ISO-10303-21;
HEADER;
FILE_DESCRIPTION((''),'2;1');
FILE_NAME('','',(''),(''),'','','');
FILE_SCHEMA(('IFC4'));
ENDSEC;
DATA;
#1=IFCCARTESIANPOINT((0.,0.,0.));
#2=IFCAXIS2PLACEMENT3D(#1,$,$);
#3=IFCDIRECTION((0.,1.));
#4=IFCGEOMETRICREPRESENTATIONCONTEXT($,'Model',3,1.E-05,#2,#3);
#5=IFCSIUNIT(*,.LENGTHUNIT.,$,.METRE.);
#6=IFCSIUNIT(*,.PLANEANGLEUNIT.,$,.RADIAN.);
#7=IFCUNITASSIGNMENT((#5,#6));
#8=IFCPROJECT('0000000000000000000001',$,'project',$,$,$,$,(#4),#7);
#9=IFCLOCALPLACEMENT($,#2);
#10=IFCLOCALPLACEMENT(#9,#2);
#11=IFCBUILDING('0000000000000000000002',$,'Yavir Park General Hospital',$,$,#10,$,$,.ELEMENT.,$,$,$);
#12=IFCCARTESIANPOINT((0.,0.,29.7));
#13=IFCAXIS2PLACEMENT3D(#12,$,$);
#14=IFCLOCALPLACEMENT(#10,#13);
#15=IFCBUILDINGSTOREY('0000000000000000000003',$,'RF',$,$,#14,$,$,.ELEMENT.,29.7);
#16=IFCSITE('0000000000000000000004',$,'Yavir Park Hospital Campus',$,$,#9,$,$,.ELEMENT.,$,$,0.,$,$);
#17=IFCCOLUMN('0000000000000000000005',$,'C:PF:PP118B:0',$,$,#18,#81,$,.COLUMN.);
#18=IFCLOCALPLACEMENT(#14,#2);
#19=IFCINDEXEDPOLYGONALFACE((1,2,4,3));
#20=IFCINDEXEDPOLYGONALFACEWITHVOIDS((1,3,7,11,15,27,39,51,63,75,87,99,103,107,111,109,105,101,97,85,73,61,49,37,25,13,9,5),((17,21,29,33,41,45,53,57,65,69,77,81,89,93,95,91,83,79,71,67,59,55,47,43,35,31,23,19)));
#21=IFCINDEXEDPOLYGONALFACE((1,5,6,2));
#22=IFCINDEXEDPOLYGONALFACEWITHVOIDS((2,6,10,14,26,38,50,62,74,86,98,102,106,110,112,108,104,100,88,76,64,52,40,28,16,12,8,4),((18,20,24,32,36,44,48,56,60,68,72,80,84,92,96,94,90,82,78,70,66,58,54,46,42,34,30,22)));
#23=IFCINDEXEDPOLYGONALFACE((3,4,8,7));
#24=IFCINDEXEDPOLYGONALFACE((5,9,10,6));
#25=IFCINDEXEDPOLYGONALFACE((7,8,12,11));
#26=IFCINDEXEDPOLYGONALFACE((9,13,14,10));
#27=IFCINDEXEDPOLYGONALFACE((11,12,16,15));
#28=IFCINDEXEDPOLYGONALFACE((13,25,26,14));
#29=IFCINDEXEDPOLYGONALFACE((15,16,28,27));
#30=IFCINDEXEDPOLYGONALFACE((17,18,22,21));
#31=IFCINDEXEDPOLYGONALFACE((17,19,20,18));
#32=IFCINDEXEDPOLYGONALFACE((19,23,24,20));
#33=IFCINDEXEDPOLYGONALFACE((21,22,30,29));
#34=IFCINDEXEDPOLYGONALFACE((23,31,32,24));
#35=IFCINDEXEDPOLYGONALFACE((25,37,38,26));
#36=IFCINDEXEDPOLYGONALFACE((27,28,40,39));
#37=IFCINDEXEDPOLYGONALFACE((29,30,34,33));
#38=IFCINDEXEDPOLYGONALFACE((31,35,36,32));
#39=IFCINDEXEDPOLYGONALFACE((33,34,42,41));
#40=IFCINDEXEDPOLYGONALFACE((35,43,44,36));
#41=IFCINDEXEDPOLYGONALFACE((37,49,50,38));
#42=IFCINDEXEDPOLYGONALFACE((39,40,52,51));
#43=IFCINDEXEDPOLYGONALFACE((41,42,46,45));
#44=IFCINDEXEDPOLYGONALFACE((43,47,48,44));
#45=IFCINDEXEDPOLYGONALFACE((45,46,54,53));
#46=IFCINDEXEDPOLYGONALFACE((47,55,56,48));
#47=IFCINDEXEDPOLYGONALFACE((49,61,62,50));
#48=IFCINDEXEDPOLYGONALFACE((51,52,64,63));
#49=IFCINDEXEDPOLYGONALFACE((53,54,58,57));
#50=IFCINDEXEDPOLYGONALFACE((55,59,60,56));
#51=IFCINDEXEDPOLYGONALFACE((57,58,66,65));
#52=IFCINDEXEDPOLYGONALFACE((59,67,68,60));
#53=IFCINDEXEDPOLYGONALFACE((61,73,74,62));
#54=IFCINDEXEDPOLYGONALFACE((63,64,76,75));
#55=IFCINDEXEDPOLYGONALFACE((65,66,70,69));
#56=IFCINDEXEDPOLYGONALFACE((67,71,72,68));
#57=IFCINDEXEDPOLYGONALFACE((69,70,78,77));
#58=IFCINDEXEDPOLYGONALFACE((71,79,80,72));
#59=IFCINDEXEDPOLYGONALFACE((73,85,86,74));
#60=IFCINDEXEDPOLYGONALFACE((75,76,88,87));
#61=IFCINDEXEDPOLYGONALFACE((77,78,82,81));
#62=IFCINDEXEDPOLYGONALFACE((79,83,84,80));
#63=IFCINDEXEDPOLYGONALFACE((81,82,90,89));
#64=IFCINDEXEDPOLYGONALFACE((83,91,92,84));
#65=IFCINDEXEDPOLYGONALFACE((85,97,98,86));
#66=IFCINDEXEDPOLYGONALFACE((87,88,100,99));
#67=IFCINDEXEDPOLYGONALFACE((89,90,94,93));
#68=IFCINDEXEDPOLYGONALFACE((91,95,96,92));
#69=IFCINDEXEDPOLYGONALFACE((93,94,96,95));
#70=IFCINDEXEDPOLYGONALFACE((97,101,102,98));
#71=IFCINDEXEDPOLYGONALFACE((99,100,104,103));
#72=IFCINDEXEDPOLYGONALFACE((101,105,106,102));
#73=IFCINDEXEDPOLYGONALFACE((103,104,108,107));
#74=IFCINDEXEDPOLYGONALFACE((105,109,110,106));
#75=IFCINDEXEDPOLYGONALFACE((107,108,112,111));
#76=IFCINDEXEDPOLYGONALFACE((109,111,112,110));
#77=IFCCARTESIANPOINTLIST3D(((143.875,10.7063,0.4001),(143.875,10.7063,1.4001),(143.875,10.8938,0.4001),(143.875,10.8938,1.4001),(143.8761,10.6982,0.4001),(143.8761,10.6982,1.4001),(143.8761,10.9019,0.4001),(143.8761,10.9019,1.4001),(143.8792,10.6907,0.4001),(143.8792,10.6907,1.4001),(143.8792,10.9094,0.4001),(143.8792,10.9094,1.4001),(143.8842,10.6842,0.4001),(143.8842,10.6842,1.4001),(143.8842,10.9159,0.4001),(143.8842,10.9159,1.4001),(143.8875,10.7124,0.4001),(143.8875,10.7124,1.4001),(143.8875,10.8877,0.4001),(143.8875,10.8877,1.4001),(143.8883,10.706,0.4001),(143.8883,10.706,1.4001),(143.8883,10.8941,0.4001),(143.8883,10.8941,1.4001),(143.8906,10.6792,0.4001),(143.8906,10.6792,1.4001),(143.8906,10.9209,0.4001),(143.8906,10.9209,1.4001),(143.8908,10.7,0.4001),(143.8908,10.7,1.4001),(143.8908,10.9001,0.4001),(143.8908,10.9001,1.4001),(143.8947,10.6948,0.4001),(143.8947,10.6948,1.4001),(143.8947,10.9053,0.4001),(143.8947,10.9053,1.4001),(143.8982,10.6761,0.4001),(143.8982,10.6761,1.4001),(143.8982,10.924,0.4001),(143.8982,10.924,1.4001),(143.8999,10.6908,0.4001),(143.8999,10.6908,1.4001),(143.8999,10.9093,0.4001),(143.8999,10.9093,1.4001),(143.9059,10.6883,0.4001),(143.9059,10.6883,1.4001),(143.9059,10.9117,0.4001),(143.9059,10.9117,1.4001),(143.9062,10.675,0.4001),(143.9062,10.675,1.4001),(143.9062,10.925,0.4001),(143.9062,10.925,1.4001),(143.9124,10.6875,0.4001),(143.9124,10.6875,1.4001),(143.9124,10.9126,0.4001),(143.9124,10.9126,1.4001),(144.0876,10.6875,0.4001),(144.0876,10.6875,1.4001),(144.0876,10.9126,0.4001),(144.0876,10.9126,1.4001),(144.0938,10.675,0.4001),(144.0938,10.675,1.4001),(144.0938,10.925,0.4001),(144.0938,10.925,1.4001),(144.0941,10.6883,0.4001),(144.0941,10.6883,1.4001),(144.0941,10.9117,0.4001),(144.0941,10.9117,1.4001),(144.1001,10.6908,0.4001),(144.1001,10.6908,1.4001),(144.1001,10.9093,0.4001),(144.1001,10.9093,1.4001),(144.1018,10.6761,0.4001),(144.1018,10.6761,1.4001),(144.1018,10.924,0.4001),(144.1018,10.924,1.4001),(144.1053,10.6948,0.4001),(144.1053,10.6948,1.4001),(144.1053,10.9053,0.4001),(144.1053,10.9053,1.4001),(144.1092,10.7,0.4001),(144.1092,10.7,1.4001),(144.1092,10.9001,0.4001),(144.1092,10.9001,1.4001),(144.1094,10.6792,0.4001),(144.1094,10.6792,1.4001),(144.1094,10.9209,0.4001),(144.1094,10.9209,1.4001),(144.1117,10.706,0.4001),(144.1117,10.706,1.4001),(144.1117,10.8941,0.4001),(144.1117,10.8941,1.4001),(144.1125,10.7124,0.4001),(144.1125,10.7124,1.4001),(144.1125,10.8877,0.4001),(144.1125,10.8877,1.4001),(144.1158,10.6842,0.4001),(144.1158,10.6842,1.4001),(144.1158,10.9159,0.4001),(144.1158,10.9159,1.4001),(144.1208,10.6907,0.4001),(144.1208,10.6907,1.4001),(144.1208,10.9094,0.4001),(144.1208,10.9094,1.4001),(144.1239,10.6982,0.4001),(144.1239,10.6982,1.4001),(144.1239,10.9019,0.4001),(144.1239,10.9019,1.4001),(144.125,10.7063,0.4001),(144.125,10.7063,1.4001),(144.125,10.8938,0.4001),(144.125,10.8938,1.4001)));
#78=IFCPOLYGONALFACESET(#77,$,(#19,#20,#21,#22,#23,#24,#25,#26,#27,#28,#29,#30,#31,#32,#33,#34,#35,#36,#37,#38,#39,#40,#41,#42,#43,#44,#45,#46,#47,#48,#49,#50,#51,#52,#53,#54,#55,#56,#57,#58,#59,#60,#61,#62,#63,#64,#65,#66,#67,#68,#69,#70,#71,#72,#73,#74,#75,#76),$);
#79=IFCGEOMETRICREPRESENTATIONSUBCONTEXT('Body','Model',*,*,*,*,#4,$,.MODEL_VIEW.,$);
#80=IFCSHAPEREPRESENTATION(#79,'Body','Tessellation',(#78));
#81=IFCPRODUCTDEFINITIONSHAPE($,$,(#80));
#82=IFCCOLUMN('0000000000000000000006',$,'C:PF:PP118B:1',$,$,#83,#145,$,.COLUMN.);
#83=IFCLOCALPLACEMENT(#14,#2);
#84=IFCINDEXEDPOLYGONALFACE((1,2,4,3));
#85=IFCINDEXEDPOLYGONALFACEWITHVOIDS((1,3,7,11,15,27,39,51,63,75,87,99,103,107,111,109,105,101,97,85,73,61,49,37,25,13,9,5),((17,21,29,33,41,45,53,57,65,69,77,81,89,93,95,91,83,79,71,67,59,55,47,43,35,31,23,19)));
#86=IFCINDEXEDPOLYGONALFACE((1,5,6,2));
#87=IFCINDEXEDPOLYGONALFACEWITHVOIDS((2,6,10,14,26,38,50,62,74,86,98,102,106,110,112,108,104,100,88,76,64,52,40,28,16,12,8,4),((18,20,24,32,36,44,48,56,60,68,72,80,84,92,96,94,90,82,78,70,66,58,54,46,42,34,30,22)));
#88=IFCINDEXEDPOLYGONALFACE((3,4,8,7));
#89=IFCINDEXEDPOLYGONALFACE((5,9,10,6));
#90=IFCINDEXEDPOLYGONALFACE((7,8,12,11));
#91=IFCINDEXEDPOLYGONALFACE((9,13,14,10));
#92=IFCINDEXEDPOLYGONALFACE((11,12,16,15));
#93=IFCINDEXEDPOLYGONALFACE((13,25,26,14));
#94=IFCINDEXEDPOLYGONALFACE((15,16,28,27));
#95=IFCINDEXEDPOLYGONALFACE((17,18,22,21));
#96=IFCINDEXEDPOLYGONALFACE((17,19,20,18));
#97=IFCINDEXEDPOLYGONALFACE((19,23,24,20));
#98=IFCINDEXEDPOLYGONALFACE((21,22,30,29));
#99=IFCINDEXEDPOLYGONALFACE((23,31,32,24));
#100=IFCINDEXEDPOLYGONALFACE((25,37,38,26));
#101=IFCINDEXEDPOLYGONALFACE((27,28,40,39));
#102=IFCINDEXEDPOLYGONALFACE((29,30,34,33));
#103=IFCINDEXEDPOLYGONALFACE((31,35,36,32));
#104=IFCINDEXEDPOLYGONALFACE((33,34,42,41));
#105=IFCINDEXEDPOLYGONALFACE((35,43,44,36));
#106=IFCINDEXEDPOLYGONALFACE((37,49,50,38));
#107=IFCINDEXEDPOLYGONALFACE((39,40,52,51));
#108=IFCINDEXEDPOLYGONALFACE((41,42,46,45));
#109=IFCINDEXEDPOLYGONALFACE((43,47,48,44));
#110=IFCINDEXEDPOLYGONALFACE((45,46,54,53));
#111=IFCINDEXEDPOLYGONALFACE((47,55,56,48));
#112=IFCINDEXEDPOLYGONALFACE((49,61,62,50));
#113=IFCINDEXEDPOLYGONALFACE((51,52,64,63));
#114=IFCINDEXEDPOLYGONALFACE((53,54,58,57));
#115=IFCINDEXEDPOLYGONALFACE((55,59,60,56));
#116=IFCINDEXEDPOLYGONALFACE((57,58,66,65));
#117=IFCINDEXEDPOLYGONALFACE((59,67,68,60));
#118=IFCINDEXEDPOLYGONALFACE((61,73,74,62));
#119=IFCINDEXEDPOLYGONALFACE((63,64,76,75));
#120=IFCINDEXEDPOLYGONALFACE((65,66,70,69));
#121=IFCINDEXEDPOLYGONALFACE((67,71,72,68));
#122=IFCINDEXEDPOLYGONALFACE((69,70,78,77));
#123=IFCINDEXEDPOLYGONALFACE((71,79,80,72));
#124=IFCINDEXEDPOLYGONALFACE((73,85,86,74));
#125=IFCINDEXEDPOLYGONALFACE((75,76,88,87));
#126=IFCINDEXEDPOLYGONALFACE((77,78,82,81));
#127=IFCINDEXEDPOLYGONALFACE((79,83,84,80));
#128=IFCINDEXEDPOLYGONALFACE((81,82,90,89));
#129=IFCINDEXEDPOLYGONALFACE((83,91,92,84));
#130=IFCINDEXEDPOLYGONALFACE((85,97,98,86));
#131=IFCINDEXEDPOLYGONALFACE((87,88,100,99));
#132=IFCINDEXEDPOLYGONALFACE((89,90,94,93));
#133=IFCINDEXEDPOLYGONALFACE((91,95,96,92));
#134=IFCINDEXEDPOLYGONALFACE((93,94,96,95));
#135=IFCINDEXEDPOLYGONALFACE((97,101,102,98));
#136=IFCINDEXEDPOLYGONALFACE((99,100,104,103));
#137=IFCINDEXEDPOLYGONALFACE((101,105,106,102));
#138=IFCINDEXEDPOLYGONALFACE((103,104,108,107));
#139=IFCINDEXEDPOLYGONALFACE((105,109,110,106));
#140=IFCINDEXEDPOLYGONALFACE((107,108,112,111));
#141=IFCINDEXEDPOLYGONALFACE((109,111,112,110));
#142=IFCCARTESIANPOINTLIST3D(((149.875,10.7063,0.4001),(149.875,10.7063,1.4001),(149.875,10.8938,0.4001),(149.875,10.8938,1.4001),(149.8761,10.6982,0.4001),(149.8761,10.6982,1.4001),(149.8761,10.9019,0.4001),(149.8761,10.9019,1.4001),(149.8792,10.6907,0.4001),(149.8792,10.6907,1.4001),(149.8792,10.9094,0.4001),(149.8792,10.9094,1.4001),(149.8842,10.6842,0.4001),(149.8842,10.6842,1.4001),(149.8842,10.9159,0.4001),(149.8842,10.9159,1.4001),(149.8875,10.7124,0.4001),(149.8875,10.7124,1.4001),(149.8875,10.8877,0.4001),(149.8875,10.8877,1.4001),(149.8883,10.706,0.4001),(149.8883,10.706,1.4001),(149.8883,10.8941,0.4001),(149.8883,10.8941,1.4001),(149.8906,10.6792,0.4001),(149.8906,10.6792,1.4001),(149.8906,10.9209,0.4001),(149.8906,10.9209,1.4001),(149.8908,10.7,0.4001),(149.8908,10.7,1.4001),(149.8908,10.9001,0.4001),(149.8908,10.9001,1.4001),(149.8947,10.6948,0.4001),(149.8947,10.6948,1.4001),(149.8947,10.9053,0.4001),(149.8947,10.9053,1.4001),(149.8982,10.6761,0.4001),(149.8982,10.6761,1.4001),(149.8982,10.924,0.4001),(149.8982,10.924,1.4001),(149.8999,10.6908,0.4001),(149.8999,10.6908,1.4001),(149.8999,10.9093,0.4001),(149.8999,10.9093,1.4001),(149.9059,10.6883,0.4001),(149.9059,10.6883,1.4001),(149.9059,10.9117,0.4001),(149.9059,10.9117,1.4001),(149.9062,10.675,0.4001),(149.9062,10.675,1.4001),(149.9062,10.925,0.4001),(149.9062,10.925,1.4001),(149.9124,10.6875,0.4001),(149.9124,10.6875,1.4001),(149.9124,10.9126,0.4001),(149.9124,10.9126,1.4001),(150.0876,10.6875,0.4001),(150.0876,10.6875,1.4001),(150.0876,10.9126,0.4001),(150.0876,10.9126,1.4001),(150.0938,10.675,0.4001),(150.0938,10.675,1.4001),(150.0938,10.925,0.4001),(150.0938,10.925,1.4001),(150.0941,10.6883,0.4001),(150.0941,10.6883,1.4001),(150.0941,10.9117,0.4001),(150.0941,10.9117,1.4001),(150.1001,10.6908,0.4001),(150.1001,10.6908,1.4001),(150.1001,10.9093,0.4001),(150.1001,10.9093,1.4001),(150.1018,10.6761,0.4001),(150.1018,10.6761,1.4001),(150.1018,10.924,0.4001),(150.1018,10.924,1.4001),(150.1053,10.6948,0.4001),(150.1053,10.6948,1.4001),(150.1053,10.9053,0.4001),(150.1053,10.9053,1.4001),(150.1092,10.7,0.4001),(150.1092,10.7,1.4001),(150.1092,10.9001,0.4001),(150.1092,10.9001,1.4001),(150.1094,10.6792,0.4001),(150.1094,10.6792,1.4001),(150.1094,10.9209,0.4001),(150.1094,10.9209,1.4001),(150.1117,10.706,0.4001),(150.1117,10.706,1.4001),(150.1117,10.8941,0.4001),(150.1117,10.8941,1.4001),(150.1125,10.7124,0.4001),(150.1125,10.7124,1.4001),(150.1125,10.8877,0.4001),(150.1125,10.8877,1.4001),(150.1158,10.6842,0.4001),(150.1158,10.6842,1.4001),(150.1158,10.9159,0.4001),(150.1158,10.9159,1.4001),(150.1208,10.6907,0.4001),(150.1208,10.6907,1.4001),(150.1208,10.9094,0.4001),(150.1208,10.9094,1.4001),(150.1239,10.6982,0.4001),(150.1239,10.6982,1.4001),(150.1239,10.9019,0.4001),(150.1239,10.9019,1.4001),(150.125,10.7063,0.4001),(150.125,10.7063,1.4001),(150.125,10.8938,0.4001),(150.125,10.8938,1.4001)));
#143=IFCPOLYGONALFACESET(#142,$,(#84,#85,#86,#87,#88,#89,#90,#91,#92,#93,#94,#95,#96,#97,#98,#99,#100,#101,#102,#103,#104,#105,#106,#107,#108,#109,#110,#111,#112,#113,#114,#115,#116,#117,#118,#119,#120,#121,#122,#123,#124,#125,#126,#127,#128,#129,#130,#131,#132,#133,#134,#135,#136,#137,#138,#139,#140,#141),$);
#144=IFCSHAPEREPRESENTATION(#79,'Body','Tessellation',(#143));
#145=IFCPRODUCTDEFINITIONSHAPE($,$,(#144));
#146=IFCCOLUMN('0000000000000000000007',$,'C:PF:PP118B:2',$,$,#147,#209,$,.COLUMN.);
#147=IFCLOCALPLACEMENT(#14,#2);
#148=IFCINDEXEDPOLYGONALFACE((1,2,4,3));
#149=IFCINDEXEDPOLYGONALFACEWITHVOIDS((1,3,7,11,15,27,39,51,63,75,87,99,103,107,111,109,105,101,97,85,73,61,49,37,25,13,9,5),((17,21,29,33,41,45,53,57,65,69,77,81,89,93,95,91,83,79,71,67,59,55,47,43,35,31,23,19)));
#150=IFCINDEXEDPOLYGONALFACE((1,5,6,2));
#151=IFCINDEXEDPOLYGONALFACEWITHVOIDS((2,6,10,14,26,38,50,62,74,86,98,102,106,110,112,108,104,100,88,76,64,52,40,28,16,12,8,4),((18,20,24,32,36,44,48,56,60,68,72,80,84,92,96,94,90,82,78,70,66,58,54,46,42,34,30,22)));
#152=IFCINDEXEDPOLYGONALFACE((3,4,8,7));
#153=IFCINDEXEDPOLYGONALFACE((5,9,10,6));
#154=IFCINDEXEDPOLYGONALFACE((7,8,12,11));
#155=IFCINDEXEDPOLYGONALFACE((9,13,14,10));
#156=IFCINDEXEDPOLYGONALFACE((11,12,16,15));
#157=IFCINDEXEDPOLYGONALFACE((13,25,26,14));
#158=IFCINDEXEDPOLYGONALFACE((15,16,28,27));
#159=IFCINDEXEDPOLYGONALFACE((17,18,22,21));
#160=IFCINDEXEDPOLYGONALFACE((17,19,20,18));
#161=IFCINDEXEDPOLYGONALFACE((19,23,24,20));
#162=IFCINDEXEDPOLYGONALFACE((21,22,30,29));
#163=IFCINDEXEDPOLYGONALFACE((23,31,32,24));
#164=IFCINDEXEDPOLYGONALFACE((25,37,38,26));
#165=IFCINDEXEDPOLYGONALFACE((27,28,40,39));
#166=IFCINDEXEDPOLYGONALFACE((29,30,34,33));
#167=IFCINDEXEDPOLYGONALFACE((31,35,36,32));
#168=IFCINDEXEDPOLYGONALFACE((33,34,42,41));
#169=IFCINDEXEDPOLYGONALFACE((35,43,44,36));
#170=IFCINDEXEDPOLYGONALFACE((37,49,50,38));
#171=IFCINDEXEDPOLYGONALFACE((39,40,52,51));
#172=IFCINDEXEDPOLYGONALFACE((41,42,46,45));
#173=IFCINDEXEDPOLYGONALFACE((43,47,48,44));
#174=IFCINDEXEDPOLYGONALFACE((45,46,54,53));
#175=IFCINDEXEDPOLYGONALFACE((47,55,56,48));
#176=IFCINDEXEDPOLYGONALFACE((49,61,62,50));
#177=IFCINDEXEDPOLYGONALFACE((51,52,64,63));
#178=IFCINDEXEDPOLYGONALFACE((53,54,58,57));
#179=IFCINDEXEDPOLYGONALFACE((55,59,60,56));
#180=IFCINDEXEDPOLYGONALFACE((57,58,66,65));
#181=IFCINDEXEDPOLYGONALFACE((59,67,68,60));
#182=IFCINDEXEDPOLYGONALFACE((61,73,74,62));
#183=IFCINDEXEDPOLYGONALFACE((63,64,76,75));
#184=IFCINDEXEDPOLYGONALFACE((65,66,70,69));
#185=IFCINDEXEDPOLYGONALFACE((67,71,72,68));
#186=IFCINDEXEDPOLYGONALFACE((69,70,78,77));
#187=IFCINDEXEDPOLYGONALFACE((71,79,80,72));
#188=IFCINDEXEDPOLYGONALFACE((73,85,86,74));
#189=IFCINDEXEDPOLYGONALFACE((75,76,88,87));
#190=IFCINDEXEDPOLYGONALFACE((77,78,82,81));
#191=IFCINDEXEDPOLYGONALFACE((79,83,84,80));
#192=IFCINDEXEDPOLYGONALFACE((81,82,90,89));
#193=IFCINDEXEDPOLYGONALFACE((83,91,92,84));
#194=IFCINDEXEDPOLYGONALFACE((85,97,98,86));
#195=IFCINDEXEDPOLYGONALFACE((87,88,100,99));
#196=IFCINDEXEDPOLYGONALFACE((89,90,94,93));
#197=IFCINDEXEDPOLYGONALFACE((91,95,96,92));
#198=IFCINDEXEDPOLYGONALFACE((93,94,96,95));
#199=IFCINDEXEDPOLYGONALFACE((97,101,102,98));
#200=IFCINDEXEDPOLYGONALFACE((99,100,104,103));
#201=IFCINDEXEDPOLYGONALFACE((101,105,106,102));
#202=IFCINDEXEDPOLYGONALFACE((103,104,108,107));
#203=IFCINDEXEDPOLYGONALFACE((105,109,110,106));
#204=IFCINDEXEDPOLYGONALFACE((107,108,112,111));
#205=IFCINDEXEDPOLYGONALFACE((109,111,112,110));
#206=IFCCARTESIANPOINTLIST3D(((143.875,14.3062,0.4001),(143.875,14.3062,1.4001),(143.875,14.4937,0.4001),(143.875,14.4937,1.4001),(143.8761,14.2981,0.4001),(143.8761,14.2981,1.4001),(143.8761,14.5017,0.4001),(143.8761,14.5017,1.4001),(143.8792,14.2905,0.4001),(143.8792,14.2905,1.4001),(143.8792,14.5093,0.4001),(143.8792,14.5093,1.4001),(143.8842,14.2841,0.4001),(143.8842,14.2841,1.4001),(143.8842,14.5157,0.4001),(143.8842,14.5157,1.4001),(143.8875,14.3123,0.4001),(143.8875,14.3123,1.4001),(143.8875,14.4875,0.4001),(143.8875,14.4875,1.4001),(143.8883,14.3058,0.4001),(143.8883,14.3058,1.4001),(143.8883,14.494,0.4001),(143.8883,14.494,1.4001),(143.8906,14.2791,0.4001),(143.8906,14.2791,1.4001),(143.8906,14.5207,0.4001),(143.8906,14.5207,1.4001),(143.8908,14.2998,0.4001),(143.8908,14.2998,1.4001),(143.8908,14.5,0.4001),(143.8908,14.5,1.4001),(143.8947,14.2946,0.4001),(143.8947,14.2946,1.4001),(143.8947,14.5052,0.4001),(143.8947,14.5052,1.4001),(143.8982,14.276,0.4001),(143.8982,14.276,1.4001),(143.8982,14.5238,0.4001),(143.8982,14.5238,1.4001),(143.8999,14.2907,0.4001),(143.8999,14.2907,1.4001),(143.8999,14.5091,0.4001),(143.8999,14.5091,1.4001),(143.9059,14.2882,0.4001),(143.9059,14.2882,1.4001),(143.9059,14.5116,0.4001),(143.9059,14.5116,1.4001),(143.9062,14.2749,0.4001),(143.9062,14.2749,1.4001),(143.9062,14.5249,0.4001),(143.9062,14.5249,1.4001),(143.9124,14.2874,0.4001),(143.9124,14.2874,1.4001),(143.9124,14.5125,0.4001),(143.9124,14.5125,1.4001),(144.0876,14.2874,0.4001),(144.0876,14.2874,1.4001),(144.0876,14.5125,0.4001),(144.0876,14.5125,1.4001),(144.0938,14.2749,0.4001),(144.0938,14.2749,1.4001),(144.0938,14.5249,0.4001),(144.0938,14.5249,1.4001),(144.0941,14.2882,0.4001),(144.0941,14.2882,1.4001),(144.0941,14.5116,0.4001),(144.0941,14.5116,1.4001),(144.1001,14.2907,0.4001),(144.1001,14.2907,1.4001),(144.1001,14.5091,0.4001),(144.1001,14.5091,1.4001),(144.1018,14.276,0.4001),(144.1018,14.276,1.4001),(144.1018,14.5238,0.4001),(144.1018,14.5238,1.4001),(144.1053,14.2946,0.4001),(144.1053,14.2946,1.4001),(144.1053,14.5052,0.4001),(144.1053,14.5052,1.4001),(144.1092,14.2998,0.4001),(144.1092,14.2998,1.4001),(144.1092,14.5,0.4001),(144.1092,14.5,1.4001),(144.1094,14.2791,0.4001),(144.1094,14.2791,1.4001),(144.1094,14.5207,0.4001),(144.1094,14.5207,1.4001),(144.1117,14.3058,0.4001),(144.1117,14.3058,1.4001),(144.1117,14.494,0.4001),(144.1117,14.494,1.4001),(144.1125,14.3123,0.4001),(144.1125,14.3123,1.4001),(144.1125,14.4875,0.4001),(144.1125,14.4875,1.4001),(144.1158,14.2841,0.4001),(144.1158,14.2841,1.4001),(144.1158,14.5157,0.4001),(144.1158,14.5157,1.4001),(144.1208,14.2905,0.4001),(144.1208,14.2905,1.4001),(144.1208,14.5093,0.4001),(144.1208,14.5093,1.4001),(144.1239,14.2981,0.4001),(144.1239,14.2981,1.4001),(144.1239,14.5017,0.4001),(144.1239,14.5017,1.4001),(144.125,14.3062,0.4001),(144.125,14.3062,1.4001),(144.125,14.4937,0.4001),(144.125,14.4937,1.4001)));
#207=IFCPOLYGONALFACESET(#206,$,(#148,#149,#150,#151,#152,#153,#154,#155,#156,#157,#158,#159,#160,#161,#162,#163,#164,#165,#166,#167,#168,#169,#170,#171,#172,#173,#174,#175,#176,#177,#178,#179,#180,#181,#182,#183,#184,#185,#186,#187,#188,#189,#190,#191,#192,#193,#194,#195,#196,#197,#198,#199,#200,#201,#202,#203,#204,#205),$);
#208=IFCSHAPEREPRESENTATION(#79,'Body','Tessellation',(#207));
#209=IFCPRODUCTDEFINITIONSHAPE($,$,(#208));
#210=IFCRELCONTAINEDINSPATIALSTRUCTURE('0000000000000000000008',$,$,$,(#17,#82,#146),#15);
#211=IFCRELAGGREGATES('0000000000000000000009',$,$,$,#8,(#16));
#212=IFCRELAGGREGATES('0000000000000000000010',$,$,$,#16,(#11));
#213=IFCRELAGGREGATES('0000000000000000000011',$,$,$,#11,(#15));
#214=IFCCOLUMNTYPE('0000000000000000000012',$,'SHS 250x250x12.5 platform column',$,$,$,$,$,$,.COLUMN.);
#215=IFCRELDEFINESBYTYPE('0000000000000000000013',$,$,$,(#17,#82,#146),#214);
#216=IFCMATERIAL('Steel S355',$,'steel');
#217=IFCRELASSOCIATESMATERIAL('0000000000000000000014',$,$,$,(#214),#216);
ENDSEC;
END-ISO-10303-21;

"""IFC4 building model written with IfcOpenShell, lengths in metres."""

from ifc_helpers import new_model, si_unit, direction, frame, origin, origin_2d, place, context, subcontext, project, spatial, hollow_rectangle, extrude, material, material_profile, profile_set, type_object, element, save


model = new_model("IFC4")

# Units and contexts
model_context = context("Model", 3, precision=1e-05, world=origin(), true_north=direction((0.0, 1.0)))
body_context = subcontext(model_context, "Body", "Model", "MODEL_VIEW")
ifc_project = project(units=[si_unit("LENGTHUNIT", "METRE"), si_unit("PLANEANGLEUNIT", "RADIAN")], contexts=[model_context])

# Site, building, storey
site_placement = place(None, origin())
site = spatial("IfcSite", under=ifc_project, at=site_placement, Name="Yavir Park Hospital Campus", CompositionType="ELEMENT", RefElevation=0.0)
building_placement = place(site_placement, origin())
building = spatial("IfcBuilding", under=site, at=building_placement, Name="Yavir Park General Hospital", CompositionType="ELEMENT")
storey_placement = place(building_placement, frame((0.0, 0.0, 29.7)))
storey = spatial("IfcBuildingStorey", under=building, at=storey_placement, Name="RF", CompositionType="ELEMENT", Elevation=29.7)

# Columns
ifc_material_1 = material(Name="Steel S355", Category="steel")
ifc_material_profile_1 = material_profile(ifc_material_1, hollow_rectangle(XDim=0.25, YDim=0.25, WallThickness=0.0125, InnerFilletRadius=0.0249, OuterFilletRadius=0.0312, at=origin_2d()), Name="SHS250x250x12.5")
ifc_profile_set_1 = profile_set([ifc_material_profile_1], Name="Steel S355")
column_type_1 = type_object("IfcColumnType", Name="SHS 250x250x12.5 platform column", PredefinedType="COLUMN", material=ifc_profile_set_1)
for number, where, z_axis, x_axis, name in (
    (1, (144.0, 10.8, 0.4001), (0.0, 0.0, 1.0), (1.0, 0.0, 0.0), "C:PF:PP118B:0"),
    (2, (150.0, 10.8, 0.4001), (0.0, 0.0, 1.0), (1.0, 0.0, 0.0), "C:PF:PP118B:1"),
    (3, (144.0, 14.3999, 0.4001), (0.0, 0.0, 1.0), (1.0, 0.0, 0.0), "C:PF:PP118B:2"),
):
    element("IfcColumn", number, at=place(storey_placement, frame(where, z_axis=z_axis, x_axis=x_axis)), inside=storey, type_object=column_type_1, Name=name, PredefinedType="COLUMN", context=body_context, shape_type="SweptSolid", body=[
        extrude(hollow_rectangle(XDim=0.25, YDim=0.25, WallThickness=0.0125, InnerFilletRadius=0.0249, OuterFilletRadius=0.0312, at=origin_2d()), origin(), (0.0, 0.0, 1.0), 1.0),
    ])

save(model, "model.ifc")
